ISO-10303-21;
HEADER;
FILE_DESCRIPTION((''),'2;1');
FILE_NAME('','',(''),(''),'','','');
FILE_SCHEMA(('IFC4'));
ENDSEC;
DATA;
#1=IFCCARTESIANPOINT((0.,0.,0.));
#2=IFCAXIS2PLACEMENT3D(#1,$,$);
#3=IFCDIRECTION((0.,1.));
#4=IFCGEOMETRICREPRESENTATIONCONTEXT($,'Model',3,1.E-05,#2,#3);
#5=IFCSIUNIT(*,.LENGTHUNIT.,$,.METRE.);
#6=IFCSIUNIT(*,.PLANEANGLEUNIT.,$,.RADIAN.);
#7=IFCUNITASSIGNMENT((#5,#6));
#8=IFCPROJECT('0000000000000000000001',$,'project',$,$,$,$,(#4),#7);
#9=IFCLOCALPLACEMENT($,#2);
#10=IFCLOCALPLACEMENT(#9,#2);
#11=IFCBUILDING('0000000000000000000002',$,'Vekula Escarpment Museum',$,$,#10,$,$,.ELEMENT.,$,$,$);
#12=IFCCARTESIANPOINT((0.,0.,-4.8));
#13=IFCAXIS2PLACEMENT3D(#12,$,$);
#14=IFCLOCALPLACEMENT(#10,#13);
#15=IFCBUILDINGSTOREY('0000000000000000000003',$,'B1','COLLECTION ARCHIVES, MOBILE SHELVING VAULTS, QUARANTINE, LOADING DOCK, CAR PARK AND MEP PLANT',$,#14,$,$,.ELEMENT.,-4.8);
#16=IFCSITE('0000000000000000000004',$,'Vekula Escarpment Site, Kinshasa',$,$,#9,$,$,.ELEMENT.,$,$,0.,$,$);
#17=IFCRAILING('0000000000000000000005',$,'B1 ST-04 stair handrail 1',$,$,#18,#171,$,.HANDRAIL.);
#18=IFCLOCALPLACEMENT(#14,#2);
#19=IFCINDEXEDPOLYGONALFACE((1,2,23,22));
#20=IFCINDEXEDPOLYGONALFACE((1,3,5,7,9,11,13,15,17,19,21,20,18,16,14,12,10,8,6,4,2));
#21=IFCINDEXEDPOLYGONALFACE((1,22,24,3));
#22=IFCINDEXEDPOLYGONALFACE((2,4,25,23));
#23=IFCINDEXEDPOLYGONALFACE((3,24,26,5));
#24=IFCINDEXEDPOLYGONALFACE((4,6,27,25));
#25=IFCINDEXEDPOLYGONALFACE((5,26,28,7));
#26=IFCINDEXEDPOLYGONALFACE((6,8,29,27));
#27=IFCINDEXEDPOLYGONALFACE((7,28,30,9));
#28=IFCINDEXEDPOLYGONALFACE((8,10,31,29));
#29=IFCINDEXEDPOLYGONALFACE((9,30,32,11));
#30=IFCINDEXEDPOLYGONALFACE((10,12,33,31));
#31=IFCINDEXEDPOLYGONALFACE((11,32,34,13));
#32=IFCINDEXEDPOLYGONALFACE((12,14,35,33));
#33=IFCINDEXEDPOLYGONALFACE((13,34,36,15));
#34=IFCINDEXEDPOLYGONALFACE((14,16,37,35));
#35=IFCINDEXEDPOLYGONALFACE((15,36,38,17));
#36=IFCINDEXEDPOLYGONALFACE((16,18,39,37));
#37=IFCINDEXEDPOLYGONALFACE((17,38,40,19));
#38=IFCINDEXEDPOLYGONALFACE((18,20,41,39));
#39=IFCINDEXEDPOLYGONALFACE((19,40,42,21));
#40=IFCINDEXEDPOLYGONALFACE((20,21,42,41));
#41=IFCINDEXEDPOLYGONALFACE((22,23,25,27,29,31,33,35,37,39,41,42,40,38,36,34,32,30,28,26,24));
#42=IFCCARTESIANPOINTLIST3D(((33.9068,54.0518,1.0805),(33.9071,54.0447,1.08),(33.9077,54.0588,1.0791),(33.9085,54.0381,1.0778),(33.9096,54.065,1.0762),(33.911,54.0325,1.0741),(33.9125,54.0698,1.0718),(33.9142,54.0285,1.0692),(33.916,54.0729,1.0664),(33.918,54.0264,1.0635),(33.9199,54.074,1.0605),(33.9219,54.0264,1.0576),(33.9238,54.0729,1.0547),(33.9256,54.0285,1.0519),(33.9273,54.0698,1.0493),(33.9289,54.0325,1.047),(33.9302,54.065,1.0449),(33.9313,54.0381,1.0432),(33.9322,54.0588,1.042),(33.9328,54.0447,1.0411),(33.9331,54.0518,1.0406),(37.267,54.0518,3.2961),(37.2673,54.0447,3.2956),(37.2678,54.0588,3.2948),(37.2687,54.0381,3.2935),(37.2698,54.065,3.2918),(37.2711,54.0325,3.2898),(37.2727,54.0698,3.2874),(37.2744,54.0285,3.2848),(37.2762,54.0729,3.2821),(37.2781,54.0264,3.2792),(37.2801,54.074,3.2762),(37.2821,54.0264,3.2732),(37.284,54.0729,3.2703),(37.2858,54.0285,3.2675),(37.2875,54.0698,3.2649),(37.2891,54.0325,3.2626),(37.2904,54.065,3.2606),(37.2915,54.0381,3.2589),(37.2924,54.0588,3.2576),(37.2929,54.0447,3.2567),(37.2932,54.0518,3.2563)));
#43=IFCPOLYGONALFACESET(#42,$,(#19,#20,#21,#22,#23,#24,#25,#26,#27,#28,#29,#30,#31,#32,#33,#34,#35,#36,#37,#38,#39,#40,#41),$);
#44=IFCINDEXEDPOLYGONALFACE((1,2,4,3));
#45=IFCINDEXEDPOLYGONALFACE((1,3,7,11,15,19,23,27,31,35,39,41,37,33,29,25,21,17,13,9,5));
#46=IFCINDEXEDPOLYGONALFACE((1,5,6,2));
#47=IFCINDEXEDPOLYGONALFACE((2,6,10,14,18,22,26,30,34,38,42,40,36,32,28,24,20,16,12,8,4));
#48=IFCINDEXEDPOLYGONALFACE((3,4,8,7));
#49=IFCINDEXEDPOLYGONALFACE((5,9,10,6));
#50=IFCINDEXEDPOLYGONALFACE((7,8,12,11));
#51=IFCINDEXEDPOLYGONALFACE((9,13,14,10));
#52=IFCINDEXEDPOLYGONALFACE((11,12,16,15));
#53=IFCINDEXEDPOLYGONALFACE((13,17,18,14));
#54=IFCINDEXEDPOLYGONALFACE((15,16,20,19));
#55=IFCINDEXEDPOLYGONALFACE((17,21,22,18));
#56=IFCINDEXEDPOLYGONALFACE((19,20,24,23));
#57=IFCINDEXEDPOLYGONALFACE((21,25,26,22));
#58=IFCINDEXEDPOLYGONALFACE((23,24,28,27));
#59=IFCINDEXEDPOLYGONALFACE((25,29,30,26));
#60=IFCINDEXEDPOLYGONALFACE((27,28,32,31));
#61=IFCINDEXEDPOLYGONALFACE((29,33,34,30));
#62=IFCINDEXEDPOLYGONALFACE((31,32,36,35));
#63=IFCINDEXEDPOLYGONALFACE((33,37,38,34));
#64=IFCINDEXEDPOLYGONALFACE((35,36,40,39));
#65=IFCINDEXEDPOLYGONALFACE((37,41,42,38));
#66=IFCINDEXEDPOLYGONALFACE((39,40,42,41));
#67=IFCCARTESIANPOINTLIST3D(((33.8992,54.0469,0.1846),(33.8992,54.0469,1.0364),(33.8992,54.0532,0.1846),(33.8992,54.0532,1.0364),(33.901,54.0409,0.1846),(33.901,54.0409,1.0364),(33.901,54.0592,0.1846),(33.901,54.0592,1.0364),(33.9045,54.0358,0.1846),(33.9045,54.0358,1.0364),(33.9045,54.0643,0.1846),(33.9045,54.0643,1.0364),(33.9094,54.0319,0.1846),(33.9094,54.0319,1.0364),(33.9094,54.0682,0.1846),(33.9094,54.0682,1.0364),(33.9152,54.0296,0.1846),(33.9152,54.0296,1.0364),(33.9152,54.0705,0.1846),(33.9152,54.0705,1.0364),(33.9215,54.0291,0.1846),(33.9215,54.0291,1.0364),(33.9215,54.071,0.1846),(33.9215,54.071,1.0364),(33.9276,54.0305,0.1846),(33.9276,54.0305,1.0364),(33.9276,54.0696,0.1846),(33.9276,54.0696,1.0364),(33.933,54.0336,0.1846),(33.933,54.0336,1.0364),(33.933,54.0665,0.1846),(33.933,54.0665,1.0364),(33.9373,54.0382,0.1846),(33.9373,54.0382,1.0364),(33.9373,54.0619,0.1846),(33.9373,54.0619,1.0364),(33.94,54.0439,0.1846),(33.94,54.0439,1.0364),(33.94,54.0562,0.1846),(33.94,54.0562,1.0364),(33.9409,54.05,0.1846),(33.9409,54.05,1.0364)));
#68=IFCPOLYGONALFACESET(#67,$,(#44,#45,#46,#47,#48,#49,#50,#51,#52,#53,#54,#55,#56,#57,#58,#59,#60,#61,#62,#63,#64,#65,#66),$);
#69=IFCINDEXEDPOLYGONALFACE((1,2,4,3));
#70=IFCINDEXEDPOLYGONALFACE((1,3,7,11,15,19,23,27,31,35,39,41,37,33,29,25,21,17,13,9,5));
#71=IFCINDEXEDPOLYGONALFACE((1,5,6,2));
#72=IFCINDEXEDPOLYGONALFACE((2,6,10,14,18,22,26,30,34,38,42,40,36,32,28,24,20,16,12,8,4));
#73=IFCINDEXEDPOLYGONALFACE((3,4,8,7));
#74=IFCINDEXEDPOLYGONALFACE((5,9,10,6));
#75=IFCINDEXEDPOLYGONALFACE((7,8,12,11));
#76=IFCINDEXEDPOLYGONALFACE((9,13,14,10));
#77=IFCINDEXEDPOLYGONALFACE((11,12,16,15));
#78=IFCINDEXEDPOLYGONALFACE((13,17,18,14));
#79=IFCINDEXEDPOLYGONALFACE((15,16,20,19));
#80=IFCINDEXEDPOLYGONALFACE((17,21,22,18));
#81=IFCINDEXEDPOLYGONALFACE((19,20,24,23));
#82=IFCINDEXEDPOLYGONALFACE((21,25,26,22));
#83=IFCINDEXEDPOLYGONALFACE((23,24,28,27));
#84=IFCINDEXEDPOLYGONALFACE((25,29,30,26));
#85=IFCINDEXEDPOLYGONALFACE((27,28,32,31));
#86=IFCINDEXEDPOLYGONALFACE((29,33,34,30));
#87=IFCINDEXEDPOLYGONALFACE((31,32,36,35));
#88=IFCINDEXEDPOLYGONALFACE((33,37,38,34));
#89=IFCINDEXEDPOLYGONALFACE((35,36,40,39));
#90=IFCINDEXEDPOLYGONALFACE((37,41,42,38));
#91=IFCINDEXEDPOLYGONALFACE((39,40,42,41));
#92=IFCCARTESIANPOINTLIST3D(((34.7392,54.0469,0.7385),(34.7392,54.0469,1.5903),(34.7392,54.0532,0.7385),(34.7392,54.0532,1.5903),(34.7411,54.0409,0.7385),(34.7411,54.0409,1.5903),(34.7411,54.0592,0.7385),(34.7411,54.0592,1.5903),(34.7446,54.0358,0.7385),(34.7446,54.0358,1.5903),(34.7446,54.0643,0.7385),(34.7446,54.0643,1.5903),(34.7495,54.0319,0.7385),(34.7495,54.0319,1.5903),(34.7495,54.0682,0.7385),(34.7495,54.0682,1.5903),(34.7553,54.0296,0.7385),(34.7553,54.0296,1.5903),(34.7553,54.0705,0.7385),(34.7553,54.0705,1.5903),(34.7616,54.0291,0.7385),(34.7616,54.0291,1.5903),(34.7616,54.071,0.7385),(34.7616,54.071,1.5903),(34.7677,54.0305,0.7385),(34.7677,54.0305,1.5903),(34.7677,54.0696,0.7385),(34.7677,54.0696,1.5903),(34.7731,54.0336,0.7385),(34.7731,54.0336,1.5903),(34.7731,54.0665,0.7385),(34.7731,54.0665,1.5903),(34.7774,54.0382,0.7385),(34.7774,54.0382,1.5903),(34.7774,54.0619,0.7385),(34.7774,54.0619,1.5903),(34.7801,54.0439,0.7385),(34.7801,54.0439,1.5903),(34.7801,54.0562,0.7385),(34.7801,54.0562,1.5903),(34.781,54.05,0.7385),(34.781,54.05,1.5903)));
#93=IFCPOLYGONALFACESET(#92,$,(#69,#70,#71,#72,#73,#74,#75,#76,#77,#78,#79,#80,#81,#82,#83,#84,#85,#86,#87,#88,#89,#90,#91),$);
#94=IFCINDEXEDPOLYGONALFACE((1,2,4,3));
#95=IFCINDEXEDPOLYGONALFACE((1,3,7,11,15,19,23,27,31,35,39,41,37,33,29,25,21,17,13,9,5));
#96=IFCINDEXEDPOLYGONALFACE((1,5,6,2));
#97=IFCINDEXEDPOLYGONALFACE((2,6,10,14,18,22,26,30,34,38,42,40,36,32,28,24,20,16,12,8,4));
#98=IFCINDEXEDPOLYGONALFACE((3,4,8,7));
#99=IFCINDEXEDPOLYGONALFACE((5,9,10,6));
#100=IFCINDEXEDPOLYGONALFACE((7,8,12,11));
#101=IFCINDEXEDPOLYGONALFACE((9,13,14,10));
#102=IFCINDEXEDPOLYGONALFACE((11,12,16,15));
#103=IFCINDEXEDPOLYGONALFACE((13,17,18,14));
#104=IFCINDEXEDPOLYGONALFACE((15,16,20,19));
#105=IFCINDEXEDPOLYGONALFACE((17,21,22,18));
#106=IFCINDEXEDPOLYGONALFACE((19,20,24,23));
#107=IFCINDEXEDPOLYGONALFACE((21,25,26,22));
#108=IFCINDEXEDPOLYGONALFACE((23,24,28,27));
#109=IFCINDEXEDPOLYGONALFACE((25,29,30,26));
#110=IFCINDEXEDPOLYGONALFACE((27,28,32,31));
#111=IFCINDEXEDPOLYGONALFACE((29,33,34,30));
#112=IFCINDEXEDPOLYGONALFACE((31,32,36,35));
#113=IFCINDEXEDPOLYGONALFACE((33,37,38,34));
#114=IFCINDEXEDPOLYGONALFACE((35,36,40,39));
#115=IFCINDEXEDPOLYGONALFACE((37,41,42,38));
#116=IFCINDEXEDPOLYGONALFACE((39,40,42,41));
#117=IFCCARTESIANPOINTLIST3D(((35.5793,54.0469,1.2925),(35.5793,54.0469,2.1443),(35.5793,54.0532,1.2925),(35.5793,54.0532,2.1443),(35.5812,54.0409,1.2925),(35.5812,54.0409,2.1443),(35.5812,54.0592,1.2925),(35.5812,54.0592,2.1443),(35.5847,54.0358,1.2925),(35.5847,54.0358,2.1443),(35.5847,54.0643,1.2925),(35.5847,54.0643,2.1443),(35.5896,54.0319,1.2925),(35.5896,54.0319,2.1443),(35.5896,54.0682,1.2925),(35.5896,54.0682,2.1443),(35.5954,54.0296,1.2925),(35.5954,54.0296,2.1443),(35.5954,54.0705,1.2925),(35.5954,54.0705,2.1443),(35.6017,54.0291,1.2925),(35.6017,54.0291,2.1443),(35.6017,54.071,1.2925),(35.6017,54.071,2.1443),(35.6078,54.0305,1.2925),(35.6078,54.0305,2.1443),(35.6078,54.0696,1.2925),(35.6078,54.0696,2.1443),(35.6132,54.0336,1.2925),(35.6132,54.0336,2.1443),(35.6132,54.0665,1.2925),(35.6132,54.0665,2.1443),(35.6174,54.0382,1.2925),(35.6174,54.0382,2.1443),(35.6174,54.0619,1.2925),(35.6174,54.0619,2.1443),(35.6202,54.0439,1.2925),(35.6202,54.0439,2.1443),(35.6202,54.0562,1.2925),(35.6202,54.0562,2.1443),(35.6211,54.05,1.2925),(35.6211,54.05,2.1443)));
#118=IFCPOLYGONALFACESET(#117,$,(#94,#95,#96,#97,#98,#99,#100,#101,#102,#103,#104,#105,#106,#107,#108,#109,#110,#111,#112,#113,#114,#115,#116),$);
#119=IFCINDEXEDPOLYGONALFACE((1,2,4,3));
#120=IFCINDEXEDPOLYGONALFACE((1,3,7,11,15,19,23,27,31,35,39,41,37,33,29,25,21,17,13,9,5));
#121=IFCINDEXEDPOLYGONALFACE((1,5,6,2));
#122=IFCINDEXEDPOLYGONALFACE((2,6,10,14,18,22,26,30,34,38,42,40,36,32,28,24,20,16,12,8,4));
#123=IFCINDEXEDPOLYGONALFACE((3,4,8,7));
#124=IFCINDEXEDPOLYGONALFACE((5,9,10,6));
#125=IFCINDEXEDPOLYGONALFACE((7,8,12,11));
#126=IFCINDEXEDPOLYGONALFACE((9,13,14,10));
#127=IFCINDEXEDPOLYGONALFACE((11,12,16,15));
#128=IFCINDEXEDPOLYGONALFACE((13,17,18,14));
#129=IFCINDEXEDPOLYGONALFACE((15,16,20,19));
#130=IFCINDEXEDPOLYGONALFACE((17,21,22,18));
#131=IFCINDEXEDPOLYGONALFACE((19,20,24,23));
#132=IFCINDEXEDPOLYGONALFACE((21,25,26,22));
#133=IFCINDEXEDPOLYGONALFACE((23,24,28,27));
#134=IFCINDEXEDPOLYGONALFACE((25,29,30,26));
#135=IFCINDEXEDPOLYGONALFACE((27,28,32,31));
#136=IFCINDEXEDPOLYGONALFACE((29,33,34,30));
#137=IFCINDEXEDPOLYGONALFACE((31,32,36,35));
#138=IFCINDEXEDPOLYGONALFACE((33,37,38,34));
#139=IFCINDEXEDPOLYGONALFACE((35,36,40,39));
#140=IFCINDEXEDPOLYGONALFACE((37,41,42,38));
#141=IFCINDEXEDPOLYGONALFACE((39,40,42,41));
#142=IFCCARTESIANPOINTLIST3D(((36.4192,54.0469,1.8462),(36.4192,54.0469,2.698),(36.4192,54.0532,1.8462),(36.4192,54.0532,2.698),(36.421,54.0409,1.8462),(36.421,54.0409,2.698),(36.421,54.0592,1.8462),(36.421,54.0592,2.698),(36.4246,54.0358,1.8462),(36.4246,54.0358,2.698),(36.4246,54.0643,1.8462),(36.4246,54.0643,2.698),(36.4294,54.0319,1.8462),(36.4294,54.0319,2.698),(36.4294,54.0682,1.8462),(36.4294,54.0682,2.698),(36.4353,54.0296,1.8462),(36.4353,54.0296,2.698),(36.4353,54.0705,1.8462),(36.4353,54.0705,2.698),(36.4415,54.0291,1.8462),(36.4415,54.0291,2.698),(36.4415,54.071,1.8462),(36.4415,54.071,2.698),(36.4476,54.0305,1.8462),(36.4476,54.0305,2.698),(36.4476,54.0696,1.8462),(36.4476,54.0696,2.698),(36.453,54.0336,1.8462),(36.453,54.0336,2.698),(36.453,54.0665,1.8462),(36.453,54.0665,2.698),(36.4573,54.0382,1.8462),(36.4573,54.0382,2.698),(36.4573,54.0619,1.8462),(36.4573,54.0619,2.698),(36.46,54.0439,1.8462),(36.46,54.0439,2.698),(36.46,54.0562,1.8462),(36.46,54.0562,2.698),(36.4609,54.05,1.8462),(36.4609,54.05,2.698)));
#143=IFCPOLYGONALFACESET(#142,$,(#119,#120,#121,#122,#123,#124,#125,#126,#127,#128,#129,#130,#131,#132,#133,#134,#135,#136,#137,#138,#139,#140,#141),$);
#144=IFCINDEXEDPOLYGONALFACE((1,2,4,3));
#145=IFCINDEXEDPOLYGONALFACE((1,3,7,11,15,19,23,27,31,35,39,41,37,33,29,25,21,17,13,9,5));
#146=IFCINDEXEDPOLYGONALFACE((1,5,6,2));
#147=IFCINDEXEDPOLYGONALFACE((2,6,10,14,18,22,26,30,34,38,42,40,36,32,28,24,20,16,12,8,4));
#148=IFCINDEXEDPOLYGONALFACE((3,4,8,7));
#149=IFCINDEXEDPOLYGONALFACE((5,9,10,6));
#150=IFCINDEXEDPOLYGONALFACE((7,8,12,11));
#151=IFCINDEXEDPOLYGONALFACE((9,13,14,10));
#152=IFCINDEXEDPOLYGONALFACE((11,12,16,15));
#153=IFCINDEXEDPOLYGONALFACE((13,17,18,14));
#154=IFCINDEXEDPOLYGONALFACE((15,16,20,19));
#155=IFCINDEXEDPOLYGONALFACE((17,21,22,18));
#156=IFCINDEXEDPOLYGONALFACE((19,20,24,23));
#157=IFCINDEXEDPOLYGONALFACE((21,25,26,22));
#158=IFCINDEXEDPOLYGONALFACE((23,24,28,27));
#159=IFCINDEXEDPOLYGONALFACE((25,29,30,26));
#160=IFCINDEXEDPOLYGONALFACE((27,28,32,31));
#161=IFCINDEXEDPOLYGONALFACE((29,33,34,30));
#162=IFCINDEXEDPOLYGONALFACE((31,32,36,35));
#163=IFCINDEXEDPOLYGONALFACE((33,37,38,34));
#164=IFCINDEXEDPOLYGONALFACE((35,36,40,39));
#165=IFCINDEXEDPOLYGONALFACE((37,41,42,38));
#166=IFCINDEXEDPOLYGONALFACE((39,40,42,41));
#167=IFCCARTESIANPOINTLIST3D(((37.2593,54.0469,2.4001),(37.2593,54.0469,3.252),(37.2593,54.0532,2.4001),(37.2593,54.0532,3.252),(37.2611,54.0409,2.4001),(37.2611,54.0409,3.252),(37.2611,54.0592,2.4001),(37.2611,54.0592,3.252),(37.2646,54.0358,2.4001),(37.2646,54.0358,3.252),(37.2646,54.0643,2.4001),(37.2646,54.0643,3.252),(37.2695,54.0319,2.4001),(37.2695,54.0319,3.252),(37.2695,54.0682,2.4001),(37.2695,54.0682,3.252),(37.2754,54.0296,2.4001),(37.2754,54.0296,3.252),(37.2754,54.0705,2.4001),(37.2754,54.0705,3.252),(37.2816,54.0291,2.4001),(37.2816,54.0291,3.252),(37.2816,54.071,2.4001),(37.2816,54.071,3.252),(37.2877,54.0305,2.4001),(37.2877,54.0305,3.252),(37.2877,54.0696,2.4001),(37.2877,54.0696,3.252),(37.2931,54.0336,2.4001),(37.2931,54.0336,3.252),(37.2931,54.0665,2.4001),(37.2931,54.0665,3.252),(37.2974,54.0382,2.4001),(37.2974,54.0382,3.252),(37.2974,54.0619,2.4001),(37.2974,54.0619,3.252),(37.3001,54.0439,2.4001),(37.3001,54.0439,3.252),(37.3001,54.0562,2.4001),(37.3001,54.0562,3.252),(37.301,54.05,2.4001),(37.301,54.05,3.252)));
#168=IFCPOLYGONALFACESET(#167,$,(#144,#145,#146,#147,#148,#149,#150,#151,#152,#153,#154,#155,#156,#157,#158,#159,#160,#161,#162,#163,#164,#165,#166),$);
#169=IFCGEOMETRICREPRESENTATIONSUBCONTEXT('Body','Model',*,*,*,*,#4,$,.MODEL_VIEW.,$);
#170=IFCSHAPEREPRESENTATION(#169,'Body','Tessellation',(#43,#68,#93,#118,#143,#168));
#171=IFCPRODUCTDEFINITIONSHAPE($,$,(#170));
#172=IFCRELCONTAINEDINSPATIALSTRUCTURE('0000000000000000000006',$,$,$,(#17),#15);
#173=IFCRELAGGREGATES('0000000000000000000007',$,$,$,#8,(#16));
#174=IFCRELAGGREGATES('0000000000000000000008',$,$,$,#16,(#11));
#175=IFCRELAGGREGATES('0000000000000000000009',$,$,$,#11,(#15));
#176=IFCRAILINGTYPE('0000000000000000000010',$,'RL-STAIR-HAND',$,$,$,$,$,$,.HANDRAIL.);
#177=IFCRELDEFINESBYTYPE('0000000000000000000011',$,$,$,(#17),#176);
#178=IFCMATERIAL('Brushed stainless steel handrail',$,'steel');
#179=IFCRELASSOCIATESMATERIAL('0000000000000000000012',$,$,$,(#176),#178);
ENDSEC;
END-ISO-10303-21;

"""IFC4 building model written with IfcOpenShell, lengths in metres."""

from ifc_helpers import new_model, si_unit, direction, frame, origin, origin_2d, place, context, subcontext, project, spatial, circle, extrude, material, type_object, element, save


model = new_model("IFC4")

# Units and contexts
model_context = context("Model", 3, precision=1e-05, world=origin(), true_north=direction((0.0, 1.0)))
body_context = subcontext(model_context, "Body", "Model", "MODEL_VIEW")
ifc_project = project(units=[si_unit("LENGTHUNIT", "METRE"), si_unit("PLANEANGLEUNIT", "RADIAN")], contexts=[model_context])

# Site, building, storey
site_placement = place(None, origin())
site = spatial("IfcSite", under=ifc_project, at=site_placement, Name="Vekula Escarpment Site, Kinshasa", CompositionType="ELEMENT", RefElevation=0.0)
building_placement = place(site_placement, origin())
building = spatial("IfcBuilding", under=site, at=building_placement, Name="Vekula Escarpment Museum", CompositionType="ELEMENT")
storey_placement = place(building_placement, frame((0.0, 0.0, -4.8)))
storey = spatial("IfcBuildingStorey", under=building, at=storey_placement, Name="B1", Description="COLLECTION ARCHIVES, MOBILE SHELVING VAULTS, QUARANTINE, LOADING DOCK, CAR PARK AND MEP PLANT", CompositionType="ELEMENT", Elevation=-4.8)

# Railing
ifc_material_1 = material(Name="Brushed stainless steel handrail", Category="steel")
railing_type_1 = type_object("IfcRailingType", Name="RL-STAIR-HAND", PredefinedType="HANDRAIL", material=ifc_material_1)
railing_1_placement = place(storey_placement, frame((33.9199, 54.05, 0.1846)))
element("IfcRailing", 1, at=railing_1_placement, inside=storey, type_object=railing_type_1, Name="B1 ST-04 stair handrail 1", PredefinedType="HANDRAIL", context=body_context, shape_type="SweptSolid", body=[
    extrude(circle(Radius=0.0239, at=origin_2d()), frame((0.0, 0.0, 0.876), z_axis=(0.834849, 0.0, 0.55048), x_axis=(0.0, 1.0, 0.0)), (0.0, 0.0, 1.0), 4.0249),
    extrude(circle(Radius=0.021, at=origin_2d()), origin(), (0.0, 0.0, 1.0), 0.8518),
    extrude(circle(Radius=0.021, at=origin_2d()), frame((0.8401, 0.0, 0.554)), (0.0, 0.0, 1.0), 0.8518),
    extrude(circle(Radius=0.021, at=origin_2d()), frame((1.6802, 0.0, 1.1079)), (0.0, 0.0, 1.0), 0.8518),
    extrude(circle(Radius=0.021, at=origin_2d()), frame((2.52, 0.0, 1.6616)), (0.0, 0.0, 1.0), 0.8518),
    extrude(circle(Radius=0.021, at=origin_2d()), frame((3.3601, 0.0, 2.2156)), (0.0, 0.0, 1.0), 0.8518),
])

save(model, "model.ifc")
